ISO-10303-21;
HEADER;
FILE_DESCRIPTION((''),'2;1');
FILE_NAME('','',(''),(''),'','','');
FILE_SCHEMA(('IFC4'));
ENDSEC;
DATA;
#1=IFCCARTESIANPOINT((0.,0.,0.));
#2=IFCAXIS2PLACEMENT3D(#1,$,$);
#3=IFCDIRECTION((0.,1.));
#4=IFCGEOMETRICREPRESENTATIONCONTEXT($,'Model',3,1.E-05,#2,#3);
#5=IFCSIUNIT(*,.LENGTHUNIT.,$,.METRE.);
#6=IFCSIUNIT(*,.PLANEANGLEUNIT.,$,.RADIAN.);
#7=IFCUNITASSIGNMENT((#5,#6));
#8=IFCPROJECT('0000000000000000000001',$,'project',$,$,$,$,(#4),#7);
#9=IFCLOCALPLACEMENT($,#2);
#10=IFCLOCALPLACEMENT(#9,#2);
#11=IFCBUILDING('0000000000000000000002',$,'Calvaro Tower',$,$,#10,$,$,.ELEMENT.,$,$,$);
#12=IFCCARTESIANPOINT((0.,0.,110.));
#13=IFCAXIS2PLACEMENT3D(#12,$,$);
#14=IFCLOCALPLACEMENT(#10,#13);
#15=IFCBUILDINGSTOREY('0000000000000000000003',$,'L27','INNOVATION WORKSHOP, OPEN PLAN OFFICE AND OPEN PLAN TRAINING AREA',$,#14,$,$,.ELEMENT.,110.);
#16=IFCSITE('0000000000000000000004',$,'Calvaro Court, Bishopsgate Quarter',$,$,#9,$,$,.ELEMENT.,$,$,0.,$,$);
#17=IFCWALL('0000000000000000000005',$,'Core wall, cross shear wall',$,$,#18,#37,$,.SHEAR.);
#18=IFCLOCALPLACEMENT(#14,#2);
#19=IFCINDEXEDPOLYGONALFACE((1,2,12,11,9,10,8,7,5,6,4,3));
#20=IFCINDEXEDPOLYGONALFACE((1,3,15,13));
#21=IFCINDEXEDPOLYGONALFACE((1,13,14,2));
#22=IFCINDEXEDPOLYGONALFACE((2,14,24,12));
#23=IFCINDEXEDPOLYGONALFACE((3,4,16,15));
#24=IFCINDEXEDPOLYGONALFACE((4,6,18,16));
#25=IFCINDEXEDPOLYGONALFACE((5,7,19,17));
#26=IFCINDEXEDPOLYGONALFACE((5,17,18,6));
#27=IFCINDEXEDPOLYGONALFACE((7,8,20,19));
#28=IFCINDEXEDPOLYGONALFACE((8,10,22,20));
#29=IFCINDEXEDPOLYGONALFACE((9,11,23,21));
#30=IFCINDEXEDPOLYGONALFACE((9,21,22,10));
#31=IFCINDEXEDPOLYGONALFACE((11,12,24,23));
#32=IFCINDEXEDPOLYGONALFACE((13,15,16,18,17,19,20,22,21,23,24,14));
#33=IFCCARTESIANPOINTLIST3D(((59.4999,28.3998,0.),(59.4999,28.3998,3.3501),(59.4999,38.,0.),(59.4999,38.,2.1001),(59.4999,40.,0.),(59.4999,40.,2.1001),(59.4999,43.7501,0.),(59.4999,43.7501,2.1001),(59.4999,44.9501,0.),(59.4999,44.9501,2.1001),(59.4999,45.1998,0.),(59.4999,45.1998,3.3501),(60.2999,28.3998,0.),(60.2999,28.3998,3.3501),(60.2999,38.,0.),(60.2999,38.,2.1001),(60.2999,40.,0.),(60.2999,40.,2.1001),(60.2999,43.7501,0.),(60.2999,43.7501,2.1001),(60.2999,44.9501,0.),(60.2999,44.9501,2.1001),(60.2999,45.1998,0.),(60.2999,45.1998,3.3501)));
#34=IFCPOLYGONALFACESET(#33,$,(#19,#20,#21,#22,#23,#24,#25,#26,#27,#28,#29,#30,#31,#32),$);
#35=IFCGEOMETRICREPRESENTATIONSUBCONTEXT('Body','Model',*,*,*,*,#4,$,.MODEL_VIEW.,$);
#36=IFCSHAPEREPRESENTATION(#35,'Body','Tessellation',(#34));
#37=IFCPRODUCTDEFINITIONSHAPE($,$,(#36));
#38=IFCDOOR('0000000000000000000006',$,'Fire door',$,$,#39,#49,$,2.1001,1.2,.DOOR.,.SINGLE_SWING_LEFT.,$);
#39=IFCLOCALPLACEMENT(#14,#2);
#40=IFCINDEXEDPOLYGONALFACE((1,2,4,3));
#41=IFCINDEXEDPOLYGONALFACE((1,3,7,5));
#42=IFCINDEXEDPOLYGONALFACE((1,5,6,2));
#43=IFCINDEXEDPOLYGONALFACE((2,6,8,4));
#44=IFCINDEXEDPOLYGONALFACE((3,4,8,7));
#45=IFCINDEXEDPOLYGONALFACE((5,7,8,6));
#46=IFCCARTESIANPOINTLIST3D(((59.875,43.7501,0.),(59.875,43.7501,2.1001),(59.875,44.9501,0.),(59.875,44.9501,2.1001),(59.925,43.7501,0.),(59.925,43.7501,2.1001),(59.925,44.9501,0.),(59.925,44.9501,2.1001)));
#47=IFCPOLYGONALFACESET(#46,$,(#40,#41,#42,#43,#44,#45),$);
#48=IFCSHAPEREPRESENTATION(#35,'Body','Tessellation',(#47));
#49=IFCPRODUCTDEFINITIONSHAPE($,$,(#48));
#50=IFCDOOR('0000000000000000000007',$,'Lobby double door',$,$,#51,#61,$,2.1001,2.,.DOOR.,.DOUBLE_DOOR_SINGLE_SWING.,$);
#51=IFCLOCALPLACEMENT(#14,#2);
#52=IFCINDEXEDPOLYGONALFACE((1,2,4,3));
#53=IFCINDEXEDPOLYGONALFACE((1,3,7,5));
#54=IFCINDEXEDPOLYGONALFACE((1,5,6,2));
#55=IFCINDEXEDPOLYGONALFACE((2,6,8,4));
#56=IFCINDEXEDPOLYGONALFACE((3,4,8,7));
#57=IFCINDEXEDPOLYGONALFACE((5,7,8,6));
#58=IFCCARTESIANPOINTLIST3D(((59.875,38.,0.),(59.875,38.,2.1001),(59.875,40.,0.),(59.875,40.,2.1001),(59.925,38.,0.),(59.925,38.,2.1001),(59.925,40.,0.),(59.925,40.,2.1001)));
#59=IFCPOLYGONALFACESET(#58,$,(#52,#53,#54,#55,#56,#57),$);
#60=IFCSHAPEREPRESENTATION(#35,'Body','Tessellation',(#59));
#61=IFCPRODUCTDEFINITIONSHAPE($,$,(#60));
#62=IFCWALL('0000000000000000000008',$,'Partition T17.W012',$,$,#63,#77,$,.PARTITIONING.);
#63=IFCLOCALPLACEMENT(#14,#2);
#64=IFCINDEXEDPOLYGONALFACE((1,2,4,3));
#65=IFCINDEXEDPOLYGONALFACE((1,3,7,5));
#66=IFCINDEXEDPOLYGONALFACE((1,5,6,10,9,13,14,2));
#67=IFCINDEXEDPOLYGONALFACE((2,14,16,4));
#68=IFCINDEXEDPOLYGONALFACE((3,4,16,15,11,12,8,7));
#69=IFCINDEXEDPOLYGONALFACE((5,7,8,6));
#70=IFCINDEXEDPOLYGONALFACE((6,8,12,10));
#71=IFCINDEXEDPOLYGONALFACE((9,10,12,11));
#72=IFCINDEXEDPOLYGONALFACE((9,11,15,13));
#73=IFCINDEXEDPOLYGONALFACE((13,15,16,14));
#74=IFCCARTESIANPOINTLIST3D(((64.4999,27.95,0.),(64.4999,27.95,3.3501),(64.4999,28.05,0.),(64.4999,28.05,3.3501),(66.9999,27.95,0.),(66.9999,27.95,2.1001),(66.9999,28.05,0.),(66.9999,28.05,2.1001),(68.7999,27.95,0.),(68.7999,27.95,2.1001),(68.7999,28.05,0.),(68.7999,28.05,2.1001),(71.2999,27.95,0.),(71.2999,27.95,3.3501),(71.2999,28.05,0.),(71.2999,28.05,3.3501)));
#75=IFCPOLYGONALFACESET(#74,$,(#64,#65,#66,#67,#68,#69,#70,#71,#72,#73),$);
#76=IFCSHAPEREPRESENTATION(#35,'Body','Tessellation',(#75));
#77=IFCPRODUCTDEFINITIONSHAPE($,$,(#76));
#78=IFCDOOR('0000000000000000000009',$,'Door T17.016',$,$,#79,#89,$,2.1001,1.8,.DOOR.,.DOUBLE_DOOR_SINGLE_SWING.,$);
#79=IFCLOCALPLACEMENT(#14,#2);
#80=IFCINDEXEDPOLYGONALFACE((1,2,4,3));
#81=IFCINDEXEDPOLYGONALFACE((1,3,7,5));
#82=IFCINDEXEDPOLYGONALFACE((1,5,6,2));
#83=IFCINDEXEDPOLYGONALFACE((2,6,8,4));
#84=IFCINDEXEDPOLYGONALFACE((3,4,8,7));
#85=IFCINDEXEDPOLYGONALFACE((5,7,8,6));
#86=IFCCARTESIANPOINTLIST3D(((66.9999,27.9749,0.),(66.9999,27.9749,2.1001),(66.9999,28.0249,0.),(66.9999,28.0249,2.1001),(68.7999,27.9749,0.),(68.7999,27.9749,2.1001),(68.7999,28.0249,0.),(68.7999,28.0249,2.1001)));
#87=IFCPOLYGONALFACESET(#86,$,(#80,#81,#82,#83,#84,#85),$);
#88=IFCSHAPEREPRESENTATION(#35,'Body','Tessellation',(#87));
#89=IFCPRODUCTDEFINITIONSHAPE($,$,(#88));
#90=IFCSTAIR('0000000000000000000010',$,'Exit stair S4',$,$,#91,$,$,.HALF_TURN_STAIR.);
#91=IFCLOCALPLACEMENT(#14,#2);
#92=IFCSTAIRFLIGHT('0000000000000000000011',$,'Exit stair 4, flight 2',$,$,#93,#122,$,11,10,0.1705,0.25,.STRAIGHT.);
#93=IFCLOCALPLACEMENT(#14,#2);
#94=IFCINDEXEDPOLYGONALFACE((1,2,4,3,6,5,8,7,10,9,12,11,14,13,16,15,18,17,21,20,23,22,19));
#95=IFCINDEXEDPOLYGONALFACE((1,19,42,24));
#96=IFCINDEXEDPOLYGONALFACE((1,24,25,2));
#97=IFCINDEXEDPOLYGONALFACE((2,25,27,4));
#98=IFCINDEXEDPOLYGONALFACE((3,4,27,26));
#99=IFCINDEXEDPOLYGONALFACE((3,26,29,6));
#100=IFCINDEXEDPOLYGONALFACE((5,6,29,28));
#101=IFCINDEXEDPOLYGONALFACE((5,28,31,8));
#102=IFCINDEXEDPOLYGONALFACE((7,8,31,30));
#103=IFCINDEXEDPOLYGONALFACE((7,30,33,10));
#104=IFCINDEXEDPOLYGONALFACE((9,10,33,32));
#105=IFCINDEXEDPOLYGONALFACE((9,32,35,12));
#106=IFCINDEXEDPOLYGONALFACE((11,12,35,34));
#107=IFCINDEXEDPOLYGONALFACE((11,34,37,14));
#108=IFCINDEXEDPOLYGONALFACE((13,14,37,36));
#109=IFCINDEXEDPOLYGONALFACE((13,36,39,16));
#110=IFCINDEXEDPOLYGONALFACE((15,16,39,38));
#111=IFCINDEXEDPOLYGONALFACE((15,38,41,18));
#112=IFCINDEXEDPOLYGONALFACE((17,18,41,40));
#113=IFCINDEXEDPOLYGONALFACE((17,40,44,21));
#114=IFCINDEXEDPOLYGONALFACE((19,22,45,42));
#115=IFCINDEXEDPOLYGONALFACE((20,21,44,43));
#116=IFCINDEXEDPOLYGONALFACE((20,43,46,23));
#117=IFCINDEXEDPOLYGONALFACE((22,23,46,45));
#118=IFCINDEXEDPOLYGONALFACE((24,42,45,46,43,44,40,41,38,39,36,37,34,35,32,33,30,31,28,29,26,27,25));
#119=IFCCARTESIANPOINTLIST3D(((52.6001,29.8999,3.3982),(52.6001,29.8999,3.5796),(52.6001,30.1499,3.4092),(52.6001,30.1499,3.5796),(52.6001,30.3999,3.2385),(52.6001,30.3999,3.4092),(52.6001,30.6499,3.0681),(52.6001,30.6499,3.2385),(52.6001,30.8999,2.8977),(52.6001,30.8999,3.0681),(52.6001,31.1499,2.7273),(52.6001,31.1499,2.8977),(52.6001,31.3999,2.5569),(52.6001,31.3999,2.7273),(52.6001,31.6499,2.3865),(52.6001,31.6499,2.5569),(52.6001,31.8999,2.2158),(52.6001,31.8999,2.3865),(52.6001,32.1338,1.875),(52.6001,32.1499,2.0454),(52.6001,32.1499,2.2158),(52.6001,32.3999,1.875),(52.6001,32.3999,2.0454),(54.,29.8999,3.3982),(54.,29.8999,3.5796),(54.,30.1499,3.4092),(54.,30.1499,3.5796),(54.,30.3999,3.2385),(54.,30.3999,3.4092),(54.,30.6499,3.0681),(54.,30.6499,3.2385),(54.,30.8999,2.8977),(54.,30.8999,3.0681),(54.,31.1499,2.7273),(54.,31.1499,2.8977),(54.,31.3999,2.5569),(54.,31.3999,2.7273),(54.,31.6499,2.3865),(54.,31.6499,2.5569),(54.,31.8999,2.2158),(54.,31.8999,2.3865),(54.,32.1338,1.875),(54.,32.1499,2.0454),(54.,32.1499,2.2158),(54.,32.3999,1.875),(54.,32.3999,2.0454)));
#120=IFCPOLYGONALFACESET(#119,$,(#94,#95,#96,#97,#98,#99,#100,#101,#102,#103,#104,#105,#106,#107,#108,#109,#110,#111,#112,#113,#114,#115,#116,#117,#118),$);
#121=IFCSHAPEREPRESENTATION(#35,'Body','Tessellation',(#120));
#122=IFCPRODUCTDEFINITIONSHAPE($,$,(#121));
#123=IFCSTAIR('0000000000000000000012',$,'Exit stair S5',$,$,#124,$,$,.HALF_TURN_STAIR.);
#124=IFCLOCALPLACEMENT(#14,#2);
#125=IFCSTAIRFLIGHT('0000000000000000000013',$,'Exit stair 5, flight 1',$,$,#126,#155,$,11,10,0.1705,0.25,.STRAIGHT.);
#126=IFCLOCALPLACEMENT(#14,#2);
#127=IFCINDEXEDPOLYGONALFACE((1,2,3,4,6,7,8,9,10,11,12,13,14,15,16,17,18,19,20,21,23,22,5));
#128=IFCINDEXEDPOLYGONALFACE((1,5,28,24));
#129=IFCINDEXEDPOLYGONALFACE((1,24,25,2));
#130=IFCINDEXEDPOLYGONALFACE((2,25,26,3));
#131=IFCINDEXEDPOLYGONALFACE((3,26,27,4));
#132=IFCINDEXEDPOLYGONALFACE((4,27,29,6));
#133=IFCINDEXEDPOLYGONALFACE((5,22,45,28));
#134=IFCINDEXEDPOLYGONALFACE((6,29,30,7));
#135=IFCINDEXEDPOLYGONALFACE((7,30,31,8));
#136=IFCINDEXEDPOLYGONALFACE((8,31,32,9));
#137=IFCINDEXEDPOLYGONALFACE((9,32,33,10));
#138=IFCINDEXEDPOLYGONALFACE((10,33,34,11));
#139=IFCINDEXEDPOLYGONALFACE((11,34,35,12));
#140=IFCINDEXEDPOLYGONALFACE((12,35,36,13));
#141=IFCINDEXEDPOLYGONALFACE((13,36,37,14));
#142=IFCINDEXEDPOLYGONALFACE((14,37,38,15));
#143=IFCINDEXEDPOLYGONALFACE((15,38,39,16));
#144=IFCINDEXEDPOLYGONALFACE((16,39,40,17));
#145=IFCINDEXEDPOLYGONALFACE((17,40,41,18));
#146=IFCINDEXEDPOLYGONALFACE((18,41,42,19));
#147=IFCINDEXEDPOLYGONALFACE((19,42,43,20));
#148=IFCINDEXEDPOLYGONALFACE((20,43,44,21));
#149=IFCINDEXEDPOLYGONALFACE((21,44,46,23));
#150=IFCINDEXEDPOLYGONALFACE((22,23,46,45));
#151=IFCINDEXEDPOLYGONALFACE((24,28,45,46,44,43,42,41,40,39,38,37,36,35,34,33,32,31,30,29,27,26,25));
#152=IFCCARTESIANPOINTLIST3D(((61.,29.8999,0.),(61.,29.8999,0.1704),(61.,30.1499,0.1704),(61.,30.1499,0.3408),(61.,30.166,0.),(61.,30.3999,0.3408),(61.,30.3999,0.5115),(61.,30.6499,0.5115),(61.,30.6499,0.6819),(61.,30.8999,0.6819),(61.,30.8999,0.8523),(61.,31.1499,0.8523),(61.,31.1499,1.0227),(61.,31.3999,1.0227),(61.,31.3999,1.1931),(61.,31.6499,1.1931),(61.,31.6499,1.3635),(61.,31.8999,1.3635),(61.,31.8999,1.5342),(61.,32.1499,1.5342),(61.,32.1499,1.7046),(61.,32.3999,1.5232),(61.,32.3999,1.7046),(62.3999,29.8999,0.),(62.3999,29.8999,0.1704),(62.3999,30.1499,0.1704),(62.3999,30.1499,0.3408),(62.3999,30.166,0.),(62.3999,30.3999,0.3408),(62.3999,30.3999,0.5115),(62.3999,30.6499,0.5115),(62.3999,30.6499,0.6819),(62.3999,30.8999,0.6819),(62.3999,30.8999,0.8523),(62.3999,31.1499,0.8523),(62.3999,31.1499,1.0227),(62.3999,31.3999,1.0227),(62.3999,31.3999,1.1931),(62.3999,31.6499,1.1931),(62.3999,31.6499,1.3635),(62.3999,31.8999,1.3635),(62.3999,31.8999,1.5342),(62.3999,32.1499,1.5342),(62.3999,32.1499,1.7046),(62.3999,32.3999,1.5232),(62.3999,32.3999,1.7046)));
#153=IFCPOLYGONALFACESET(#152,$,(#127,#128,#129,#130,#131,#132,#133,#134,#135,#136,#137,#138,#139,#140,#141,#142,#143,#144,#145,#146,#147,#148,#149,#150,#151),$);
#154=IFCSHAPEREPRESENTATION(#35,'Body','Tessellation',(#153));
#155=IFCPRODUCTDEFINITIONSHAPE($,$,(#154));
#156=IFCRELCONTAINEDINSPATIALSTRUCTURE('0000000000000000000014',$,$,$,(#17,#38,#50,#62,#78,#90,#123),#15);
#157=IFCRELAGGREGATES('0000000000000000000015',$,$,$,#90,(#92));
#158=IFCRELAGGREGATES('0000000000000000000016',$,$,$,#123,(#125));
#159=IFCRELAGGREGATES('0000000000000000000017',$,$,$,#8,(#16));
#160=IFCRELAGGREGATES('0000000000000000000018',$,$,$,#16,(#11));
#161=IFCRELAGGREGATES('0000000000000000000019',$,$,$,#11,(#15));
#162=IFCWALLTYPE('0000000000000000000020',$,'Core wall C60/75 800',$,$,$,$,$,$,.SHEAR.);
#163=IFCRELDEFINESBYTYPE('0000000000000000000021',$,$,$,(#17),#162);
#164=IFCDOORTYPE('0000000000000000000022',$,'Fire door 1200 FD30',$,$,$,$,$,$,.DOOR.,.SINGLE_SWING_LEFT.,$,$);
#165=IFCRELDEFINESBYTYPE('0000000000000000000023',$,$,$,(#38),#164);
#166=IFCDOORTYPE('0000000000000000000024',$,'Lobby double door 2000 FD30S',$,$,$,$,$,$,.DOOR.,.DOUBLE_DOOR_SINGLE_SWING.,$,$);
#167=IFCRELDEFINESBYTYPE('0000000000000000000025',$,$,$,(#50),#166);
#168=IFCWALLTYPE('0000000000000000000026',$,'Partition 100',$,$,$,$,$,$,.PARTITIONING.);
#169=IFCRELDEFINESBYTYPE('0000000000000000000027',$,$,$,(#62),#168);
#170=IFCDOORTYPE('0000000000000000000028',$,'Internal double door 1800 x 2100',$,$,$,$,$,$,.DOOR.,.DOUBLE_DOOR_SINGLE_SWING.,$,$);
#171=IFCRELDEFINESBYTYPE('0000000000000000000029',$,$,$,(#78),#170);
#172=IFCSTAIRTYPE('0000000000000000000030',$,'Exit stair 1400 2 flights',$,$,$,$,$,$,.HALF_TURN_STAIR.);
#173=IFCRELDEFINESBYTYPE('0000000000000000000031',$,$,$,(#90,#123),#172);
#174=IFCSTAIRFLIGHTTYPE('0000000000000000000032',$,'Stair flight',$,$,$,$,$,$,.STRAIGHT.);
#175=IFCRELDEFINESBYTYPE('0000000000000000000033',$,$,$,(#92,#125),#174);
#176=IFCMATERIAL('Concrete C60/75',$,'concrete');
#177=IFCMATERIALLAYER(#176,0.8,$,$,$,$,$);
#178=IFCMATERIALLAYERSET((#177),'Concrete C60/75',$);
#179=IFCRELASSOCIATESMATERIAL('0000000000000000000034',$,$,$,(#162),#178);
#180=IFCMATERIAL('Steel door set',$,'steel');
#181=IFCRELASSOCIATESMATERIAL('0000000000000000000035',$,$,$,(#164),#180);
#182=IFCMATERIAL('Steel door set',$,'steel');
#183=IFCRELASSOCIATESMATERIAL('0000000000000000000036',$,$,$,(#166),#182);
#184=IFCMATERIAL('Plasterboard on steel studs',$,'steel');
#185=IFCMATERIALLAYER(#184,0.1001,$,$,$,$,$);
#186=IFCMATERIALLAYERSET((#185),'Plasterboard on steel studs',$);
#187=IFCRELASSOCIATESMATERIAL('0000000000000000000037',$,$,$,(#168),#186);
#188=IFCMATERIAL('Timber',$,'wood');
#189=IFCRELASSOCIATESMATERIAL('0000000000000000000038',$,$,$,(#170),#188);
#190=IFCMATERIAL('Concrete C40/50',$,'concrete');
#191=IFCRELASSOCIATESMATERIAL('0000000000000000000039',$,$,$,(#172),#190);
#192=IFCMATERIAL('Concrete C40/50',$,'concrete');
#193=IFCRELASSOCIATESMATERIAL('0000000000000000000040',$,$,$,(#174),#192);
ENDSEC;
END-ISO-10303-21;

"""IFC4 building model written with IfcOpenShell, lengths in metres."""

from ifc_helpers import new_model, si_unit, direction, frame, frame_2d, origin, place, context, subcontext, project, spatial, polyline, rectangle, outline, extrude, material, layer, layer_set, type_object, element, fill, aggregate, save


model = new_model("IFC4")

# Units and contexts
model_context = context("Model", 3, precision=1e-05, world=origin(), true_north=direction((0.0, 1.0)))
body_context = subcontext(model_context, "Body", "Model", "MODEL_VIEW")
ifc_project = project(units=[si_unit("LENGTHUNIT", "METRE"), si_unit("PLANEANGLEUNIT", "RADIAN")], contexts=[model_context])

# Site, building, storey
site_placement = place(None, origin())
site = spatial("IfcSite", under=ifc_project, at=site_placement, Name="Calvaro Court, Bishopsgate Quarter", CompositionType="ELEMENT", RefElevation=0.0)
building_placement = place(site_placement, origin())
building = spatial("IfcBuilding", under=site, at=building_placement, Name="Calvaro Tower", CompositionType="ELEMENT")
storey_placement = place(building_placement, frame((0.0, 0.0, 110.0)))
storey = spatial("IfcBuildingStorey", under=building, at=storey_placement, Name="L27", Description="INNOVATION WORKSHOP, OPEN PLAN OFFICE AND OPEN PLAN TRAINING AREA", CompositionType="ELEMENT", Elevation=110.0)

# Wall, openings, doors
ifc_material_1 = material(Name="Concrete C60/75", Category="concrete")
ifc_layer_1 = layer(ifc_material_1, 0.8)
ifc_layer_set_1 = layer_set([ifc_layer_1], Name="Concrete C60/75")
wall_type_1 = type_object("IfcWallType", Name="Core wall C60/75 800", PredefinedType="SHEAR", material=ifc_layer_set_1)
wall_1_placement = place(storey_placement, frame((59.8999, 28.3999, 0.0), z_axis=(0.0, 0.0, 1.0), x_axis=(0.0, 1.0, 0.0)))
wall_1 = element("IfcWall", 1, at=wall_1_placement, inside=storey, type_object=wall_type_1, Name="Core wall, cross shear wall", PredefinedType="SHEAR", context=body_context, shape_type="SweptSolid", body=[
    extrude(rectangle(XDim=16.8, YDim=0.8, at=frame_2d((8.3999, 0.0))), origin(), (0.0, 0.0, 1.0), 3.3501),
])
opening_1_placement = place(wall_1_placement, frame((9.6001, 0.0, 0.0)))
opening_1 = element("IfcOpeningElement", 2, at=opening_1_placement, cuts=wall_1, PredefinedType="OPENING", context=body_context, shape_type="SweptSolid", body=[
    extrude(rectangle(XDim=2.0, YDim=2.1001, at=frame_2d((1.0, 1.05))), frame((0.0, 0.4099, 0.0), z_axis=(0.0, -1.0, 0.0), x_axis=(1.0, 0.0, 0.0)), (0.0, 0.0, 1.0), 0.8201),
])
opening_2_placement = place(wall_1_placement, frame((15.3501, 0.0, 0.0)))
opening_2 = element("IfcOpeningElement", 3, at=opening_2_placement, cuts=wall_1, PredefinedType="OPENING", context=body_context, shape_type="SweptSolid", body=[
    extrude(rectangle(XDim=1.2, YDim=2.1001, at=frame_2d((0.6001, 1.05))), frame((0.0, 0.4099, 0.0), z_axis=(0.0, -1.0, 0.0), x_axis=(1.0, 0.0, 0.0)), (0.0, 0.0, 1.0), 0.8201),
])
ifc_material_2 = material(Name="Steel door set", Category="steel")
door_type_1 = type_object("IfcDoorType", Name="Fire door 1200 FD30", OperationType="SINGLE_SWING_LEFT", PredefinedType="DOOR", material=ifc_material_2)
door_1_placement = place(opening_2_placement, origin())
door_1 = element("IfcDoor", 4, at=door_1_placement, inside=storey, type_object=door_type_1, Name="Fire door", OperationType="SINGLE_SWING_LEFT", OverallHeight=2.1001, OverallWidth=1.2, PredefinedType="DOOR", context=body_context, shape_type="SweptSolid", body=[
    extrude(rectangle(XDim=1.2, YDim=2.1001, at=frame_2d((0.6001, 1.05))), frame((0.0, 0.0249, 0.0), z_axis=(0.0, -1.0, 0.0), x_axis=(1.0, 0.0, 0.0)), (0.0, 0.0, 1.0), 0.05),
])
fill(opening_2, door_1)
ifc_material_3 = material(Name="Steel door set", Category="steel")
door_type_2 = type_object("IfcDoorType", Name="Lobby double door 2000 FD30S", OperationType="DOUBLE_DOOR_SINGLE_SWING", PredefinedType="DOOR", material=ifc_material_3)
door_2_placement = place(opening_1_placement, origin())
door_2 = element("IfcDoor", 5, at=door_2_placement, inside=storey, type_object=door_type_2, Name="Lobby double door", OperationType="DOUBLE_DOOR_SINGLE_SWING", OverallHeight=2.1001, OverallWidth=2.0, PredefinedType="DOOR", context=body_context, shape_type="SweptSolid", body=[
    extrude(rectangle(XDim=2.0, YDim=2.1001, at=frame_2d((1.0, 1.05))), frame((0.0, 0.0249, 0.0), z_axis=(0.0, -1.0, 0.0), x_axis=(1.0, 0.0, 0.0)), (0.0, 0.0, 1.0), 0.05),
])
fill(opening_1, door_2)

# Wall, opening, door
ifc_material_4 = material(Name="Plasterboard on steel studs", Category="steel")
ifc_layer_2 = layer(ifc_material_4, 0.1001)
ifc_layer_set_2 = layer_set([ifc_layer_2], Name="Plasterboard on steel studs")
wall_type_2 = type_object("IfcWallType", Name="Partition 100", PredefinedType="PARTITIONING", material=ifc_layer_set_2)
wall_2_placement = place(storey_placement, frame((64.5, 28.0, 0.0), z_axis=(0.0, 0.0, 1.0), x_axis=(1.0, 0.0, 0.0)))
wall_2 = element("IfcWall", 6, at=wall_2_placement, inside=storey, type_object=wall_type_2, Name="Partition T17.W012", PredefinedType="PARTITIONING", context=body_context, shape_type="SweptSolid", body=[
    extrude(rectangle(XDim=6.8, YDim=0.1001, at=frame_2d((3.3999, 0.0))), origin(), (0.0, 0.0, 1.0), 3.3501),
])
opening_3_placement = place(wall_2_placement, frame((2.5, 0.0, 0.0)))
opening_3 = element("IfcOpeningElement", 7, at=opening_3_placement, cuts=wall_2, PredefinedType="OPENING", context=body_context, shape_type="SweptSolid", body=[
    extrude(rectangle(XDim=1.8, YDim=2.1001, at=frame_2d((0.8999, 1.05))), frame((0.0, 0.0601, 0.0), z_axis=(0.0, -1.0, 0.0), x_axis=(1.0, 0.0, 0.0)), (0.0, 0.0, 1.0), 0.1201),
])
ifc_material_5 = material(Name="Timber", Category="wood")
door_type_3 = type_object("IfcDoorType", Name="Internal double door 1800 x 2100", OperationType="DOUBLE_DOOR_SINGLE_SWING", PredefinedType="DOOR", material=ifc_material_5)
door_3_placement = place(opening_3_placement, origin())
door_3 = element("IfcDoor", 8, at=door_3_placement, inside=storey, type_object=door_type_3, Name="Door T17.016", OperationType="DOUBLE_DOOR_SINGLE_SWING", OverallHeight=2.1001, OverallWidth=1.8, PredefinedType="DOOR", context=body_context, shape_type="SweptSolid", body=[
    extrude(rectangle(XDim=1.8, YDim=2.1001, at=frame_2d((0.8999, 1.05))), frame((0.0, 0.0249, 0.0), z_axis=(0.0, -1.0, 0.0), x_axis=(1.0, 0.0, 0.0)), (0.0, 0.0, 1.0), 0.05),
])
fill(opening_3, door_3)

# Stairs, stair flights
ifc_material_6 = material(Name="Concrete C40/50", Category="concrete")
stair_type = type_object("IfcStairType", Name="Exit stair 1400 2 flights", PredefinedType="HALF_TURN_STAIR", material=ifc_material_6)
stair_1_placement = place(storey_placement, origin())
stair_1 = element("IfcStair", 9, at=stair_1_placement, inside=storey, type_object=stair_type, Name="Exit stair S4", PredefinedType="HALF_TURN_STAIR")
ifc_material_7 = material(Name="Concrete C40/50", Category="concrete")
stair_flight_type = type_object("IfcStairFlightType", Name="Stair flight", PredefinedType="STRAIGHT", material=ifc_material_7)
stair_flight_1_placement = place(storey_placement, frame((53.3, 32.3999, 1.875), z_axis=(0.0, 0.0, 1.0), x_axis=(0.0, -1.0, 0.0)))
stair_flight_1 = element("IfcStairFlight", 10, at=stair_flight_1_placement, type_object=stair_flight_type, Name="Exit stair 4, flight 2", NumberOfRisers=11, NumberOfTreads=10, PredefinedType="STRAIGHT", RiserHeight=0.1705, TreadLength=0.25, context=body_context, shape_type="SweptSolid", body=[
    extrude(outline(polyline([(0.0, 0.0), (0.0, 0.1704), (0.25, 0.1704), (0.25, 0.3408), (0.5, 0.3408), (0.5, 0.5115), (0.75, 0.5115), (0.75, 0.6819), (1.0, 0.6819), (1.0, 0.8523), (1.25, 0.8523), (1.25, 1.0227), (1.5, 1.0227), (1.5, 1.1931), (1.75, 1.1931), (1.75, 1.3635), (2.0, 1.3635), (2.0, 1.5342), (2.25, 1.5342), (2.25, 1.7046), (2.5, 1.7046), (2.5, 1.875), (2.5, 1.5232), (0.2661, 0.0), (0.0, 0.0)])), frame((0.0, 0.7, 0.0), z_axis=(0.0, -1.0, 0.0), x_axis=(1.0, 0.0, 0.0)), (0.0, 0.0, 1.0), 1.3999),
])
stair_2_placement = place(storey_placement, origin())
stair_2 = element("IfcStair", 11, at=stair_2_placement, inside=storey, type_object=stair_type, Name="Exit stair S5", PredefinedType="HALF_TURN_STAIR")
stair_flight_2_placement = place(storey_placement, frame((61.7, 29.8999, 0.0), z_axis=(0.0, 0.0, 1.0), x_axis=(0.0, 1.0, 0.0)))
stair_flight_2 = element("IfcStairFlight", 12, at=stair_flight_2_placement, type_object=stair_flight_type, Name="Exit stair 5, flight 1", NumberOfRisers=11, NumberOfTreads=10, PredefinedType="STRAIGHT", RiserHeight=0.1705, TreadLength=0.25, context=body_context, shape_type="SweptSolid", body=[
    extrude(outline(polyline([(0.0, 0.0), (0.0, 0.1704), (0.25, 0.1704), (0.25, 0.3408), (0.5, 0.3408), (0.5, 0.5115), (0.75, 0.5115), (0.75, 0.6819), (1.0, 0.6819), (1.0, 0.8523), (1.25, 0.8523), (1.25, 1.0227), (1.5, 1.0227), (1.5, 1.1931), (1.75, 1.1931), (1.75, 1.3635), (2.0, 1.3635), (2.0, 1.5342), (2.25, 1.5342), (2.25, 1.7046), (2.5, 1.7046), (2.5, 1.875), (2.5, 1.5232), (0.2661, 0.0), (0.0, 0.0)])), frame((0.0, 0.7, 0.0), z_axis=(0.0, -1.0, 0.0), x_axis=(1.0, 0.0, 0.0)), (0.0, 0.0, 1.0), 1.3999),
])

aggregate(stair_1, [stair_flight_1])
aggregate(stair_2, [stair_flight_2])

save(model, "model.ifc")
